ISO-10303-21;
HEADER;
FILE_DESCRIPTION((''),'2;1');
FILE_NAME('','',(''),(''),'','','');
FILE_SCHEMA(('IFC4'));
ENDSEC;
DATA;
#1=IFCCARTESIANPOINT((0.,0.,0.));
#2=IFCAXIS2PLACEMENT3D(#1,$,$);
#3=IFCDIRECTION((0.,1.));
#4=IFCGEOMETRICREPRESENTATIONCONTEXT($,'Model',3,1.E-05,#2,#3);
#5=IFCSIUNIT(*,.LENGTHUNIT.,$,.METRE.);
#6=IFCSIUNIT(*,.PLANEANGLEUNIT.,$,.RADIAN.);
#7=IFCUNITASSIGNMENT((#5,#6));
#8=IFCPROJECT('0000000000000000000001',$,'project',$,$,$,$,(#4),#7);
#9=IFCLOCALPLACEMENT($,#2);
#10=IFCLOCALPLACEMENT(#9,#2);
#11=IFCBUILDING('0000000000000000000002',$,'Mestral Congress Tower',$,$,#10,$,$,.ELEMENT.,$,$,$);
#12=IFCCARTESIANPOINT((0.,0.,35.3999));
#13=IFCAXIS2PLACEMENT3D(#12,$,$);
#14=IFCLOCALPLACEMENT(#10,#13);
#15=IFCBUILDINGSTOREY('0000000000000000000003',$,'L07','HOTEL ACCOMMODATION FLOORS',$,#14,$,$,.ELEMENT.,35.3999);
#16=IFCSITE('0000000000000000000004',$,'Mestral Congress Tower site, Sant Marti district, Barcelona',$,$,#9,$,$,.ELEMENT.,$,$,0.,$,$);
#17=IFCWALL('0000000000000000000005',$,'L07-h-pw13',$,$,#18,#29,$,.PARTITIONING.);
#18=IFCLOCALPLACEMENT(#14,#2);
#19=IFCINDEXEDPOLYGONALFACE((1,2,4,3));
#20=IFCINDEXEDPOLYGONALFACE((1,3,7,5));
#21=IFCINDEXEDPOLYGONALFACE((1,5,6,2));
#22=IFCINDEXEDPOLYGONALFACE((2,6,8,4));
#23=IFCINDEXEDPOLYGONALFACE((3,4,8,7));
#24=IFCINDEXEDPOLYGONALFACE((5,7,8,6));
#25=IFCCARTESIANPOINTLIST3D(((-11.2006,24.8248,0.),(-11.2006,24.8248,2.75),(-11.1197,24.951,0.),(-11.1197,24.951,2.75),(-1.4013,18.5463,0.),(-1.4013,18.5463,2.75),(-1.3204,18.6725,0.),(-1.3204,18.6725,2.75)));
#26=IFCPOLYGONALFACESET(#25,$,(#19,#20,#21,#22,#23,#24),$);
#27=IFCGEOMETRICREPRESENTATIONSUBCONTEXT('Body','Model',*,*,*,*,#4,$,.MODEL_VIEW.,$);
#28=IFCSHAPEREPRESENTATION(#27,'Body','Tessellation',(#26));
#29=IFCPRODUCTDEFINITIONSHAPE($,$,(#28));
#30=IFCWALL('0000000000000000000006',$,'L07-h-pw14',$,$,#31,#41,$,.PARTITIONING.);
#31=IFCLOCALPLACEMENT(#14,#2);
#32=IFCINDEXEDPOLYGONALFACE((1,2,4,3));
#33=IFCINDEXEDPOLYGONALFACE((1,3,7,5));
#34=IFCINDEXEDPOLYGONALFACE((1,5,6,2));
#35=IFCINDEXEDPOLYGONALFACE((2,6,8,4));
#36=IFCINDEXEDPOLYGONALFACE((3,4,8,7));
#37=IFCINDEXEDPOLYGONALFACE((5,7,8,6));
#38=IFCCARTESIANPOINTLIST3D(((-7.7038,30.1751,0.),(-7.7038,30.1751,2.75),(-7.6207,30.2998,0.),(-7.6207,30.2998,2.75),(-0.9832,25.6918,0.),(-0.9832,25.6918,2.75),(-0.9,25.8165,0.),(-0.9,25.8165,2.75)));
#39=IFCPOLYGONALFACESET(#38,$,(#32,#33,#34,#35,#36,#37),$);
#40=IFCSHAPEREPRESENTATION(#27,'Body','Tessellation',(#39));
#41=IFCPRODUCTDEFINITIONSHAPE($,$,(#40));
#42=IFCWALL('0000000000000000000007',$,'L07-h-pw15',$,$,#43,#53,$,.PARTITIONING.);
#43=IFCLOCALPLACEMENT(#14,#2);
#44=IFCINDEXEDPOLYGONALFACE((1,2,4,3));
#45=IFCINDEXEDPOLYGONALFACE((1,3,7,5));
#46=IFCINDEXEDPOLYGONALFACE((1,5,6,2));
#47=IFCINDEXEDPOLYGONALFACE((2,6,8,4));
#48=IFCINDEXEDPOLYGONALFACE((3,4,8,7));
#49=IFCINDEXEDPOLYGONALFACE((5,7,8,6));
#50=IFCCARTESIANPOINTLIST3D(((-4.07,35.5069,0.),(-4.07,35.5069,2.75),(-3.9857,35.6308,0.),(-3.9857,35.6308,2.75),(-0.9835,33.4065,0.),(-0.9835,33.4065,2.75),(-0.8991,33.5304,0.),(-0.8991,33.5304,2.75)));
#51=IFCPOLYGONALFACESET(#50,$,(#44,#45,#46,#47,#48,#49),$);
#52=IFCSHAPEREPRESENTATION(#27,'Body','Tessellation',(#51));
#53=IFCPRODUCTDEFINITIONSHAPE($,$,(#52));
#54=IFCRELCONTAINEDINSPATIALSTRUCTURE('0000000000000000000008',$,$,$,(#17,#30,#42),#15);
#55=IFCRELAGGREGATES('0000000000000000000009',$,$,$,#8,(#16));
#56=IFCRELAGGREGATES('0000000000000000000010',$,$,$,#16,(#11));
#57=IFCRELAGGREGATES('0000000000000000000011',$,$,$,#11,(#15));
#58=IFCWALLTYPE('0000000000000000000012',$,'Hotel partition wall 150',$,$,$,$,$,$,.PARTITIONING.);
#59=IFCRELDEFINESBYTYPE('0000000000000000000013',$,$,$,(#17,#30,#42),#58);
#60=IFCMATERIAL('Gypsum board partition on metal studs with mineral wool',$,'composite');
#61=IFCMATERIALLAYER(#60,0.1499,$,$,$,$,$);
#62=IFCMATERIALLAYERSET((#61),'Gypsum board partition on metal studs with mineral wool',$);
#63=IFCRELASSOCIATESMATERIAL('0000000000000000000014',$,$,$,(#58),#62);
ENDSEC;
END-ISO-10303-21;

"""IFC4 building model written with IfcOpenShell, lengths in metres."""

from ifc_helpers import new_model, si_unit, direction, frame, frame_2d, origin, place, context, subcontext, project, spatial, rectangle, extrude, material, layer, layer_set, type_object, element, save


model = new_model("IFC4")

# Units and contexts
model_context = context("Model", 3, precision=1e-05, world=origin(), true_north=direction((0.0, 1.0)))
body_context = subcontext(model_context, "Body", "Model", "MODEL_VIEW")
ifc_project = project(units=[si_unit("LENGTHUNIT", "METRE"), si_unit("PLANEANGLEUNIT", "RADIAN")], contexts=[model_context])

# Site, building, storey
site_placement = place(None, origin())
site = spatial("IfcSite", under=ifc_project, at=site_placement, Name="Mestral Congress Tower site, Sant Marti district, Barcelona", CompositionType="ELEMENT", RefElevation=0.0)
building_placement = place(site_placement, origin())
building = spatial("IfcBuilding", under=site, at=building_placement, Name="Mestral Congress Tower", CompositionType="ELEMENT")
storey_placement = place(building_placement, frame((0.0, 0.0, 35.3999)))
storey = spatial("IfcBuildingStorey", under=building, at=storey_placement, Name="L07", Description="HOTEL ACCOMMODATION FLOORS", CompositionType="ELEMENT", Elevation=35.3999)

# Shared definitions
ifc_material_1 = material(Name="Gypsum board partition on metal studs with mineral wool", Category="composite")

# Walls
ifc_layer_1 = layer(ifc_material_1, 0.1499)
ifc_layer_set_1 = layer_set([ifc_layer_1], Name="Gypsum board partition on metal studs with mineral wool")
wall_type_1 = type_object("IfcWallType", Name="Hotel partition wall 150", PredefinedType="PARTITIONING", material=ifc_layer_set_1)
wall_1_placement = place(storey_placement, frame((-11.1602, 24.8879, 0.0), z_axis=(0.0, 0.0, 1.0), x_axis=(0.841998, -0.53948, 0.0)))
element("IfcWall", 1, at=wall_1_placement, inside=storey, type_object=wall_type_1, Name="L07-h-pw13", PredefinedType="PARTITIONING", context=body_context, shape_type="SweptSolid", body=[
    extrude(rectangle(XDim=11.6382, YDim=0.1499, at=frame_2d((5.8191, 0.0))), origin(), (0.0, 0.0, 1.0), 2.75),
])
wall_2_placement = place(storey_placement, frame((-7.6624, 30.2375, 0.0), z_axis=(0.0, 0.0, 1.0), x_axis=(0.831883, -0.554951, 0.0)))
element("IfcWall", 2, at=wall_2_placement, inside=storey, type_object=wall_type_1, Name="L07-h-pw14", PredefinedType="PARTITIONING", context=body_context, shape_type="SweptSolid", body=[
    extrude(rectangle(XDim=8.0789, YDim=0.1499, at=frame_2d((4.0396, 0.0))), origin(), (0.0, 0.0, 1.0), 2.75),
])
wall_3_placement = place(storey_placement, frame((-4.0278, 35.5688, 0.0), z_axis=(0.0, 0.0, 1.0), x_axis=(0.826731, -0.562598, 0.0)))
element("IfcWall", 3, at=wall_3_placement, inside=storey, type_object=wall_type_1, Name="L07-h-pw15", PredefinedType="PARTITIONING", context=body_context, shape_type="SweptSolid", body=[
    extrude(rectangle(XDim=3.7334, YDim=0.1499, at=frame_2d((1.8667, 0.0))), origin(), (0.0, 0.0, 1.0), 2.75),
])

save(model, "model.ifc")
